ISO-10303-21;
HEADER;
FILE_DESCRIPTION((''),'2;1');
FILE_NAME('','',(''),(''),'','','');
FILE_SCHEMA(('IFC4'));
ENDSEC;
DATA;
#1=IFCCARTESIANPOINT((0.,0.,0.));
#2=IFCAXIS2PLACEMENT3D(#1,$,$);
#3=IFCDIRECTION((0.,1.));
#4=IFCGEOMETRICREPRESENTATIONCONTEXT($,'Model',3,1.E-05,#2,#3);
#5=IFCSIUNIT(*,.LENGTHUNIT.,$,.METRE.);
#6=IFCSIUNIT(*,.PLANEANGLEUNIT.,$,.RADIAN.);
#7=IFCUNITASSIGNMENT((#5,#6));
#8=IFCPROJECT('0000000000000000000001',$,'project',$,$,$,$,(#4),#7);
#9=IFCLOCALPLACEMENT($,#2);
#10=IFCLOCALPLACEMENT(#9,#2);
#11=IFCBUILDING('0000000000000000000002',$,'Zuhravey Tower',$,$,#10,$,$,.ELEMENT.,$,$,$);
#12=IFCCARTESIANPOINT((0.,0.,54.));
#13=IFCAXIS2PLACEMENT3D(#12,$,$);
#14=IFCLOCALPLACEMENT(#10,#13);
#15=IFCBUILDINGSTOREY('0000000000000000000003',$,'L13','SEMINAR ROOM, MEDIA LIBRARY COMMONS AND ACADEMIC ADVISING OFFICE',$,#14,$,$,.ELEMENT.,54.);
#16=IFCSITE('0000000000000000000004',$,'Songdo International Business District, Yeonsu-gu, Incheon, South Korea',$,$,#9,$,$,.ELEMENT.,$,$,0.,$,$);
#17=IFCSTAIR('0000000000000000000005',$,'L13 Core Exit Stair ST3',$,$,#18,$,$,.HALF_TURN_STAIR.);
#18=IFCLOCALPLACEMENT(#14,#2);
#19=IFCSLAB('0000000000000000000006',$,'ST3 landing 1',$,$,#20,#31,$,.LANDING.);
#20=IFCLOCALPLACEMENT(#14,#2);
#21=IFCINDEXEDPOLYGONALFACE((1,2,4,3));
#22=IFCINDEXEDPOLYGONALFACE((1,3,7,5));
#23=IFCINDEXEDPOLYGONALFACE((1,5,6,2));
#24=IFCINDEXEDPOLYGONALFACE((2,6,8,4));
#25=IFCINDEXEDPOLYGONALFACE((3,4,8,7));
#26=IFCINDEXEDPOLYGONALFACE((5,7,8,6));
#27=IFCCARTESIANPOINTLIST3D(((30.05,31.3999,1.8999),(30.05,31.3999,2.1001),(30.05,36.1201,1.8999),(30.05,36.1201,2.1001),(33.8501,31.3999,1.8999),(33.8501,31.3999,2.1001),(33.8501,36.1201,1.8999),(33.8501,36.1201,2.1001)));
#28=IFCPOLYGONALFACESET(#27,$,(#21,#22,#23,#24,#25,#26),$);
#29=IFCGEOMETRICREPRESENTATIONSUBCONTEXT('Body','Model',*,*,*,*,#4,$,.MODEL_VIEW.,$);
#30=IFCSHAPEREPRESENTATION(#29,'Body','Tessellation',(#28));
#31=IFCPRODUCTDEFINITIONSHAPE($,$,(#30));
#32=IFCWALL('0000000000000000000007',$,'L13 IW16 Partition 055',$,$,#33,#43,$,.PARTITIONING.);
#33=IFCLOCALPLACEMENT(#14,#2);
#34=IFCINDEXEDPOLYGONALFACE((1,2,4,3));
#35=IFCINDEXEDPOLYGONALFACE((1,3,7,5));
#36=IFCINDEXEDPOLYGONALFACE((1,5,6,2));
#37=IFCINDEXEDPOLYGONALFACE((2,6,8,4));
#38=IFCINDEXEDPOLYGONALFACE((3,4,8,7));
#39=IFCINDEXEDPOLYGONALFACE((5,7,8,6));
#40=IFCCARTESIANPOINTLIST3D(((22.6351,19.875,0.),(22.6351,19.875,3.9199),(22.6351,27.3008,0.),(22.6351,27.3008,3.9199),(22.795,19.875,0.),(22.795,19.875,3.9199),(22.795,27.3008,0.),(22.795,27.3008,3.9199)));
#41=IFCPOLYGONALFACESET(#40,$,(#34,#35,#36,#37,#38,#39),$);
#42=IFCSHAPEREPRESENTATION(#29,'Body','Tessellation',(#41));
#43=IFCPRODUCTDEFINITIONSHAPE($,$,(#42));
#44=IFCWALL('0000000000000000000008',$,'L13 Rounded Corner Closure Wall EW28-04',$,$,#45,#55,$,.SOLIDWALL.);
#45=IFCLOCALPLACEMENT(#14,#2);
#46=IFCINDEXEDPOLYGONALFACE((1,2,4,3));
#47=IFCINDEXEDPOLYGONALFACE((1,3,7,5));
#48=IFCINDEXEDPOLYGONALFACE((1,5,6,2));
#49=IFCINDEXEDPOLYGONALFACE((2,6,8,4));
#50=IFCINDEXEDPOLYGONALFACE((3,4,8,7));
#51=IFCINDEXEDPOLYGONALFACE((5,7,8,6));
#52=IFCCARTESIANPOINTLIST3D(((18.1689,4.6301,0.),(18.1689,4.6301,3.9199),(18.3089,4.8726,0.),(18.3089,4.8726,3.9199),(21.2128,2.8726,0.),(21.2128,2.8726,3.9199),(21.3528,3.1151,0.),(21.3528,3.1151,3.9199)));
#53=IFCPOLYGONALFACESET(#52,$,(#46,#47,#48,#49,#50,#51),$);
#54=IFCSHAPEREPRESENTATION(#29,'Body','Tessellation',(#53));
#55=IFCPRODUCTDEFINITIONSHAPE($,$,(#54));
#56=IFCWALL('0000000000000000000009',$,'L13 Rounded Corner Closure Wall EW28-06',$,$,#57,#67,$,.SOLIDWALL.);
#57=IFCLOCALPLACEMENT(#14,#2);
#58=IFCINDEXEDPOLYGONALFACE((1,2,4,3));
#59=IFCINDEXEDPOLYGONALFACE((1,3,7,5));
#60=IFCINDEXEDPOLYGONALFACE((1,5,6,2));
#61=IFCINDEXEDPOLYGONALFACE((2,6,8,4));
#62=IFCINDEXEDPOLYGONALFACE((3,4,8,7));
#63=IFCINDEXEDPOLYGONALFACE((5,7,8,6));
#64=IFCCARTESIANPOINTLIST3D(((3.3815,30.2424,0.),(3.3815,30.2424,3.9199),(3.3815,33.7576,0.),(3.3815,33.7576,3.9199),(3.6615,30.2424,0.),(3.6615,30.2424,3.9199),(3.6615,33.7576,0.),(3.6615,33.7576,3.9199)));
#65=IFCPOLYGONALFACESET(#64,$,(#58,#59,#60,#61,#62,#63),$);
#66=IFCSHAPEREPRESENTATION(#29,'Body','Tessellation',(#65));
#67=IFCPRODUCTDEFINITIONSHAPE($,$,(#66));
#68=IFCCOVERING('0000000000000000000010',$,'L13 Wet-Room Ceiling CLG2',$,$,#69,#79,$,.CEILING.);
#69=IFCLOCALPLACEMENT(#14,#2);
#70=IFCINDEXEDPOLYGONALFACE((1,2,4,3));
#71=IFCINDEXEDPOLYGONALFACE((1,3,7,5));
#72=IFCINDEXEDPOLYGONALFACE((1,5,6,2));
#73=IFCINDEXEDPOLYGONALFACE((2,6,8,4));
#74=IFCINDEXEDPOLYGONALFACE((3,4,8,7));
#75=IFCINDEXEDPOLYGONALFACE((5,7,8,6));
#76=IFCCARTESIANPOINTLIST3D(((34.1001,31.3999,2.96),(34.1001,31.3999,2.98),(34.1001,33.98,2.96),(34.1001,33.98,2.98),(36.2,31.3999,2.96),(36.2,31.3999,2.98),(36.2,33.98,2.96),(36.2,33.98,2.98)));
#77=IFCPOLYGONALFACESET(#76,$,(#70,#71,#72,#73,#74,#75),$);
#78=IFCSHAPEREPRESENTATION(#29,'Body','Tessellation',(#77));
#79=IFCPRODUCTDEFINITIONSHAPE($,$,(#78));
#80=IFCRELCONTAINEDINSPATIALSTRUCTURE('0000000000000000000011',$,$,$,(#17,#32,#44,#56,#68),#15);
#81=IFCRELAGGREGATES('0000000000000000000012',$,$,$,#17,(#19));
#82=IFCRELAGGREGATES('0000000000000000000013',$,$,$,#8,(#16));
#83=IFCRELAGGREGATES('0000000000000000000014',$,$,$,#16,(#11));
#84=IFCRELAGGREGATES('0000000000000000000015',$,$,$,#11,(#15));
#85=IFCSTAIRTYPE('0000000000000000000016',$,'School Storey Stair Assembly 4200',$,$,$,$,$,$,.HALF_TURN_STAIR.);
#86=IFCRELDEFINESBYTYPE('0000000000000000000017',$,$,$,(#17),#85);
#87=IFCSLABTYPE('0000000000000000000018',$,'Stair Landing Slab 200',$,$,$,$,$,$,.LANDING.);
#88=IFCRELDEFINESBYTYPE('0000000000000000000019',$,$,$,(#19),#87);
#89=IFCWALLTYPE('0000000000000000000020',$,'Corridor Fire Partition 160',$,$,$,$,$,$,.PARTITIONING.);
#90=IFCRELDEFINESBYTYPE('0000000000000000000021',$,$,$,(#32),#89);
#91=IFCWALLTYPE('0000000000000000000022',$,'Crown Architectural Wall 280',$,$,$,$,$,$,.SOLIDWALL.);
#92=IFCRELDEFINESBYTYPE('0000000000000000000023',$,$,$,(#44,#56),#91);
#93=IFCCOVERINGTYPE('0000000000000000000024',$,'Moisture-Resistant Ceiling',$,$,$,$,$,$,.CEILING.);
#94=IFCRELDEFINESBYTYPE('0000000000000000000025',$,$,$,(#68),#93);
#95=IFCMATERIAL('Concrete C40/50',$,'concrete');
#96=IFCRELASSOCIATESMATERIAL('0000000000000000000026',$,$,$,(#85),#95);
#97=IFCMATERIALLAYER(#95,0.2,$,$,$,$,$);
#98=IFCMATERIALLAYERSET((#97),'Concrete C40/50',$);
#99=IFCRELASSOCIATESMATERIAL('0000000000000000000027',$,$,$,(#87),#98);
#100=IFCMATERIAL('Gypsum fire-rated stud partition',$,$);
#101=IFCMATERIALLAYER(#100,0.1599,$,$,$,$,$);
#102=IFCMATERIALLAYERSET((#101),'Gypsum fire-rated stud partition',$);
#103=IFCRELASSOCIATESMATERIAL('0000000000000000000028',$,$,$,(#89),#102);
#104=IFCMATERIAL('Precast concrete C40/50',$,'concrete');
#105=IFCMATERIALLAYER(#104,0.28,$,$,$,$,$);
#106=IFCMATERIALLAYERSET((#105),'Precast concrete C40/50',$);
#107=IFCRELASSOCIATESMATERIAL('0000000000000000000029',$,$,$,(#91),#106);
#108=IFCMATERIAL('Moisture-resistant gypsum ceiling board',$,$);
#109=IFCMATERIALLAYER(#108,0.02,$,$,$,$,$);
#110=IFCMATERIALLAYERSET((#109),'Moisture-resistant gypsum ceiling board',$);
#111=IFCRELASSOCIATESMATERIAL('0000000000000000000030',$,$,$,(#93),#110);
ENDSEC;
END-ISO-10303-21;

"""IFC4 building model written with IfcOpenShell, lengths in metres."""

from ifc_helpers import new_model, si_unit, direction, frame, frame_2d, origin, place, context, subcontext, project, spatial, polyline, rectangle, outline, extrude, material, layer, layer_set, type_object, element, aggregate, save


model = new_model("IFC4")

# Units and contexts
model_context = context("Model", 3, precision=1e-05, world=origin(), true_north=direction((0.0, 1.0)))
body_context = subcontext(model_context, "Body", "Model", "MODEL_VIEW")
ifc_project = project(units=[si_unit("LENGTHUNIT", "METRE"), si_unit("PLANEANGLEUNIT", "RADIAN")], contexts=[model_context])

# Site, building, storey
site_placement = place(None, origin())
site = spatial("IfcSite", under=ifc_project, at=site_placement, Name="Songdo International Business District, Yeonsu-gu, Incheon, South Korea", CompositionType="ELEMENT", RefElevation=0.0)
building_placement = place(site_placement, origin())
building = spatial("IfcBuilding", under=site, at=building_placement, Name="Zuhravey Tower", CompositionType="ELEMENT")
storey_placement = place(building_placement, frame((0.0, 0.0, 54.0)))
storey = spatial("IfcBuildingStorey", under=building, at=storey_placement, Name="L13", Description="SEMINAR ROOM, MEDIA LIBRARY COMMONS AND ACADEMIC ADVISING OFFICE", CompositionType="ELEMENT", Elevation=54.0)

# Stair, slab
ifc_material_1 = material(Name="Concrete C40/50", Category="concrete")
stair_type = type_object("IfcStairType", Name="School Storey Stair Assembly 4200", PredefinedType="HALF_TURN_STAIR", material=ifc_material_1)
ifc_layer_1 = layer(ifc_material_1, 0.2)
ifc_layer_set_1 = layer_set([ifc_layer_1], Name="Concrete C40/50")
slab_type_1 = type_object("IfcSlabType", Name="Stair Landing Slab 200", PredefinedType="LANDING", material=ifc_layer_set_1)
stair_1_placement = place(storey_placement, origin())
stair_1 = element("IfcStair", 1, at=stair_1_placement, inside=storey, type_object=stair_type, Name="L13 Core Exit Stair ST3", PredefinedType="HALF_TURN_STAIR")
slab_1_placement = place(storey_placement, frame((0.0, 0.0, 1.8999)))
slab_1 = element("IfcSlab", 2, at=slab_1_placement, type_object=slab_type_1, Name="ST3 landing 1", PredefinedType="LANDING", context=body_context, shape_type="SweptSolid", body=[
    extrude(outline(polyline([(30.05, 36.1201), (30.05, 31.3999), (33.8501, 31.3999), (33.8501, 36.1201), (30.05, 36.1201)])), origin(), (0.0, 0.0, 1.0), 0.2002),
])
aggregate(stair_1, [slab_1])

# Walls
ifc_material_2 = material(Name="Gypsum fire-rated stud partition")
ifc_layer_2 = layer(ifc_material_2, 0.1599)
ifc_layer_set_2 = layer_set([ifc_layer_2], Name="Gypsum fire-rated stud partition")
wall_type_1 = type_object("IfcWallType", Name="Corridor Fire Partition 160", PredefinedType="PARTITIONING", material=ifc_layer_set_2)
wall_1_placement = place(storey_placement, frame((22.7151, 27.3008, 0.0), z_axis=(0.0, 0.0, 1.0), x_axis=(0.0, -1.0, 0.0)))
element("IfcWall", 3, at=wall_1_placement, inside=storey, type_object=wall_type_1, Name="L13 IW16 Partition 055", PredefinedType="PARTITIONING", context=body_context, shape_type="SweptSolid", body=[
    extrude(rectangle(XDim=7.4258, YDim=0.1599, at=frame_2d((3.7129, 0.0))), origin(), (0.0, 0.0, 1.0), 3.9199),
])
ifc_material_3 = material(Name="Precast concrete C40/50", Category="concrete")
ifc_layer_3 = layer(ifc_material_3, 0.28)
ifc_layer_set_3 = layer_set([ifc_layer_3], Name="Precast concrete C40/50")
wall_type_2 = type_object("IfcWallType", Name="Crown Architectural Wall 280", PredefinedType="SOLIDWALL", material=ifc_layer_set_3)
wall_2_placement = place(storey_placement, frame((21.2827, 2.9939, 0.0), z_axis=(0.0, 0.0, 1.0), x_axis=(-0.866007, 0.500031, 0.0)))
element("IfcWall", 4, at=wall_2_placement, inside=storey, type_object=wall_type_2, Name="L13 Rounded Corner Closure Wall EW28-04", PredefinedType="SOLIDWALL", context=body_context, shape_type="SweptSolid", body=[
    extrude(rectangle(XDim=3.5149, YDim=0.28, at=frame_2d((1.7573, 0.0))), origin(), (0.0, 0.0, 1.0), 3.9199),
])
wall_3_placement = place(storey_placement, frame((3.5215, 30.2424, 0.0), z_axis=(0.0, 0.0, 1.0), x_axis=(0.0, 1.0, 0.0)))
element("IfcWall", 5, at=wall_3_placement, inside=storey, type_object=wall_type_2, Name="L13 Rounded Corner Closure Wall EW28-06", PredefinedType="SOLIDWALL", context=body_context, shape_type="SweptSolid", body=[
    extrude(rectangle(XDim=3.5151, YDim=0.28, at=frame_2d((1.7576, 0.0))), origin(), (0.0, 0.0, 1.0), 3.9199),
])

# Covering
ifc_material_4 = material(Name="Moisture-resistant gypsum ceiling board")
ifc_layer_4 = layer(ifc_material_4, 0.02)
ifc_layer_set_4 = layer_set([ifc_layer_4], Name="Moisture-resistant gypsum ceiling board")
covering_type = type_object("IfcCoveringType", Name="Moisture-Resistant Ceiling", PredefinedType="CEILING", material=ifc_layer_set_4)
covering_placement = place(storey_placement, frame((0.0, 0.0, 2.96)))
element("IfcCovering", 6, at=covering_placement, inside=storey, type_object=covering_type, Name="L13 Wet-Room Ceiling CLG2", PredefinedType="CEILING", context=body_context, shape_type="SweptSolid", body=[
    extrude(outline(polyline([(36.2, 31.3999), (36.2, 33.98), (34.1001, 33.98), (34.1001, 31.3999), (36.2, 31.3999)])), origin(), (0.0, 0.0, 1.0), 0.02),
])

save(model, "model.ifc")
